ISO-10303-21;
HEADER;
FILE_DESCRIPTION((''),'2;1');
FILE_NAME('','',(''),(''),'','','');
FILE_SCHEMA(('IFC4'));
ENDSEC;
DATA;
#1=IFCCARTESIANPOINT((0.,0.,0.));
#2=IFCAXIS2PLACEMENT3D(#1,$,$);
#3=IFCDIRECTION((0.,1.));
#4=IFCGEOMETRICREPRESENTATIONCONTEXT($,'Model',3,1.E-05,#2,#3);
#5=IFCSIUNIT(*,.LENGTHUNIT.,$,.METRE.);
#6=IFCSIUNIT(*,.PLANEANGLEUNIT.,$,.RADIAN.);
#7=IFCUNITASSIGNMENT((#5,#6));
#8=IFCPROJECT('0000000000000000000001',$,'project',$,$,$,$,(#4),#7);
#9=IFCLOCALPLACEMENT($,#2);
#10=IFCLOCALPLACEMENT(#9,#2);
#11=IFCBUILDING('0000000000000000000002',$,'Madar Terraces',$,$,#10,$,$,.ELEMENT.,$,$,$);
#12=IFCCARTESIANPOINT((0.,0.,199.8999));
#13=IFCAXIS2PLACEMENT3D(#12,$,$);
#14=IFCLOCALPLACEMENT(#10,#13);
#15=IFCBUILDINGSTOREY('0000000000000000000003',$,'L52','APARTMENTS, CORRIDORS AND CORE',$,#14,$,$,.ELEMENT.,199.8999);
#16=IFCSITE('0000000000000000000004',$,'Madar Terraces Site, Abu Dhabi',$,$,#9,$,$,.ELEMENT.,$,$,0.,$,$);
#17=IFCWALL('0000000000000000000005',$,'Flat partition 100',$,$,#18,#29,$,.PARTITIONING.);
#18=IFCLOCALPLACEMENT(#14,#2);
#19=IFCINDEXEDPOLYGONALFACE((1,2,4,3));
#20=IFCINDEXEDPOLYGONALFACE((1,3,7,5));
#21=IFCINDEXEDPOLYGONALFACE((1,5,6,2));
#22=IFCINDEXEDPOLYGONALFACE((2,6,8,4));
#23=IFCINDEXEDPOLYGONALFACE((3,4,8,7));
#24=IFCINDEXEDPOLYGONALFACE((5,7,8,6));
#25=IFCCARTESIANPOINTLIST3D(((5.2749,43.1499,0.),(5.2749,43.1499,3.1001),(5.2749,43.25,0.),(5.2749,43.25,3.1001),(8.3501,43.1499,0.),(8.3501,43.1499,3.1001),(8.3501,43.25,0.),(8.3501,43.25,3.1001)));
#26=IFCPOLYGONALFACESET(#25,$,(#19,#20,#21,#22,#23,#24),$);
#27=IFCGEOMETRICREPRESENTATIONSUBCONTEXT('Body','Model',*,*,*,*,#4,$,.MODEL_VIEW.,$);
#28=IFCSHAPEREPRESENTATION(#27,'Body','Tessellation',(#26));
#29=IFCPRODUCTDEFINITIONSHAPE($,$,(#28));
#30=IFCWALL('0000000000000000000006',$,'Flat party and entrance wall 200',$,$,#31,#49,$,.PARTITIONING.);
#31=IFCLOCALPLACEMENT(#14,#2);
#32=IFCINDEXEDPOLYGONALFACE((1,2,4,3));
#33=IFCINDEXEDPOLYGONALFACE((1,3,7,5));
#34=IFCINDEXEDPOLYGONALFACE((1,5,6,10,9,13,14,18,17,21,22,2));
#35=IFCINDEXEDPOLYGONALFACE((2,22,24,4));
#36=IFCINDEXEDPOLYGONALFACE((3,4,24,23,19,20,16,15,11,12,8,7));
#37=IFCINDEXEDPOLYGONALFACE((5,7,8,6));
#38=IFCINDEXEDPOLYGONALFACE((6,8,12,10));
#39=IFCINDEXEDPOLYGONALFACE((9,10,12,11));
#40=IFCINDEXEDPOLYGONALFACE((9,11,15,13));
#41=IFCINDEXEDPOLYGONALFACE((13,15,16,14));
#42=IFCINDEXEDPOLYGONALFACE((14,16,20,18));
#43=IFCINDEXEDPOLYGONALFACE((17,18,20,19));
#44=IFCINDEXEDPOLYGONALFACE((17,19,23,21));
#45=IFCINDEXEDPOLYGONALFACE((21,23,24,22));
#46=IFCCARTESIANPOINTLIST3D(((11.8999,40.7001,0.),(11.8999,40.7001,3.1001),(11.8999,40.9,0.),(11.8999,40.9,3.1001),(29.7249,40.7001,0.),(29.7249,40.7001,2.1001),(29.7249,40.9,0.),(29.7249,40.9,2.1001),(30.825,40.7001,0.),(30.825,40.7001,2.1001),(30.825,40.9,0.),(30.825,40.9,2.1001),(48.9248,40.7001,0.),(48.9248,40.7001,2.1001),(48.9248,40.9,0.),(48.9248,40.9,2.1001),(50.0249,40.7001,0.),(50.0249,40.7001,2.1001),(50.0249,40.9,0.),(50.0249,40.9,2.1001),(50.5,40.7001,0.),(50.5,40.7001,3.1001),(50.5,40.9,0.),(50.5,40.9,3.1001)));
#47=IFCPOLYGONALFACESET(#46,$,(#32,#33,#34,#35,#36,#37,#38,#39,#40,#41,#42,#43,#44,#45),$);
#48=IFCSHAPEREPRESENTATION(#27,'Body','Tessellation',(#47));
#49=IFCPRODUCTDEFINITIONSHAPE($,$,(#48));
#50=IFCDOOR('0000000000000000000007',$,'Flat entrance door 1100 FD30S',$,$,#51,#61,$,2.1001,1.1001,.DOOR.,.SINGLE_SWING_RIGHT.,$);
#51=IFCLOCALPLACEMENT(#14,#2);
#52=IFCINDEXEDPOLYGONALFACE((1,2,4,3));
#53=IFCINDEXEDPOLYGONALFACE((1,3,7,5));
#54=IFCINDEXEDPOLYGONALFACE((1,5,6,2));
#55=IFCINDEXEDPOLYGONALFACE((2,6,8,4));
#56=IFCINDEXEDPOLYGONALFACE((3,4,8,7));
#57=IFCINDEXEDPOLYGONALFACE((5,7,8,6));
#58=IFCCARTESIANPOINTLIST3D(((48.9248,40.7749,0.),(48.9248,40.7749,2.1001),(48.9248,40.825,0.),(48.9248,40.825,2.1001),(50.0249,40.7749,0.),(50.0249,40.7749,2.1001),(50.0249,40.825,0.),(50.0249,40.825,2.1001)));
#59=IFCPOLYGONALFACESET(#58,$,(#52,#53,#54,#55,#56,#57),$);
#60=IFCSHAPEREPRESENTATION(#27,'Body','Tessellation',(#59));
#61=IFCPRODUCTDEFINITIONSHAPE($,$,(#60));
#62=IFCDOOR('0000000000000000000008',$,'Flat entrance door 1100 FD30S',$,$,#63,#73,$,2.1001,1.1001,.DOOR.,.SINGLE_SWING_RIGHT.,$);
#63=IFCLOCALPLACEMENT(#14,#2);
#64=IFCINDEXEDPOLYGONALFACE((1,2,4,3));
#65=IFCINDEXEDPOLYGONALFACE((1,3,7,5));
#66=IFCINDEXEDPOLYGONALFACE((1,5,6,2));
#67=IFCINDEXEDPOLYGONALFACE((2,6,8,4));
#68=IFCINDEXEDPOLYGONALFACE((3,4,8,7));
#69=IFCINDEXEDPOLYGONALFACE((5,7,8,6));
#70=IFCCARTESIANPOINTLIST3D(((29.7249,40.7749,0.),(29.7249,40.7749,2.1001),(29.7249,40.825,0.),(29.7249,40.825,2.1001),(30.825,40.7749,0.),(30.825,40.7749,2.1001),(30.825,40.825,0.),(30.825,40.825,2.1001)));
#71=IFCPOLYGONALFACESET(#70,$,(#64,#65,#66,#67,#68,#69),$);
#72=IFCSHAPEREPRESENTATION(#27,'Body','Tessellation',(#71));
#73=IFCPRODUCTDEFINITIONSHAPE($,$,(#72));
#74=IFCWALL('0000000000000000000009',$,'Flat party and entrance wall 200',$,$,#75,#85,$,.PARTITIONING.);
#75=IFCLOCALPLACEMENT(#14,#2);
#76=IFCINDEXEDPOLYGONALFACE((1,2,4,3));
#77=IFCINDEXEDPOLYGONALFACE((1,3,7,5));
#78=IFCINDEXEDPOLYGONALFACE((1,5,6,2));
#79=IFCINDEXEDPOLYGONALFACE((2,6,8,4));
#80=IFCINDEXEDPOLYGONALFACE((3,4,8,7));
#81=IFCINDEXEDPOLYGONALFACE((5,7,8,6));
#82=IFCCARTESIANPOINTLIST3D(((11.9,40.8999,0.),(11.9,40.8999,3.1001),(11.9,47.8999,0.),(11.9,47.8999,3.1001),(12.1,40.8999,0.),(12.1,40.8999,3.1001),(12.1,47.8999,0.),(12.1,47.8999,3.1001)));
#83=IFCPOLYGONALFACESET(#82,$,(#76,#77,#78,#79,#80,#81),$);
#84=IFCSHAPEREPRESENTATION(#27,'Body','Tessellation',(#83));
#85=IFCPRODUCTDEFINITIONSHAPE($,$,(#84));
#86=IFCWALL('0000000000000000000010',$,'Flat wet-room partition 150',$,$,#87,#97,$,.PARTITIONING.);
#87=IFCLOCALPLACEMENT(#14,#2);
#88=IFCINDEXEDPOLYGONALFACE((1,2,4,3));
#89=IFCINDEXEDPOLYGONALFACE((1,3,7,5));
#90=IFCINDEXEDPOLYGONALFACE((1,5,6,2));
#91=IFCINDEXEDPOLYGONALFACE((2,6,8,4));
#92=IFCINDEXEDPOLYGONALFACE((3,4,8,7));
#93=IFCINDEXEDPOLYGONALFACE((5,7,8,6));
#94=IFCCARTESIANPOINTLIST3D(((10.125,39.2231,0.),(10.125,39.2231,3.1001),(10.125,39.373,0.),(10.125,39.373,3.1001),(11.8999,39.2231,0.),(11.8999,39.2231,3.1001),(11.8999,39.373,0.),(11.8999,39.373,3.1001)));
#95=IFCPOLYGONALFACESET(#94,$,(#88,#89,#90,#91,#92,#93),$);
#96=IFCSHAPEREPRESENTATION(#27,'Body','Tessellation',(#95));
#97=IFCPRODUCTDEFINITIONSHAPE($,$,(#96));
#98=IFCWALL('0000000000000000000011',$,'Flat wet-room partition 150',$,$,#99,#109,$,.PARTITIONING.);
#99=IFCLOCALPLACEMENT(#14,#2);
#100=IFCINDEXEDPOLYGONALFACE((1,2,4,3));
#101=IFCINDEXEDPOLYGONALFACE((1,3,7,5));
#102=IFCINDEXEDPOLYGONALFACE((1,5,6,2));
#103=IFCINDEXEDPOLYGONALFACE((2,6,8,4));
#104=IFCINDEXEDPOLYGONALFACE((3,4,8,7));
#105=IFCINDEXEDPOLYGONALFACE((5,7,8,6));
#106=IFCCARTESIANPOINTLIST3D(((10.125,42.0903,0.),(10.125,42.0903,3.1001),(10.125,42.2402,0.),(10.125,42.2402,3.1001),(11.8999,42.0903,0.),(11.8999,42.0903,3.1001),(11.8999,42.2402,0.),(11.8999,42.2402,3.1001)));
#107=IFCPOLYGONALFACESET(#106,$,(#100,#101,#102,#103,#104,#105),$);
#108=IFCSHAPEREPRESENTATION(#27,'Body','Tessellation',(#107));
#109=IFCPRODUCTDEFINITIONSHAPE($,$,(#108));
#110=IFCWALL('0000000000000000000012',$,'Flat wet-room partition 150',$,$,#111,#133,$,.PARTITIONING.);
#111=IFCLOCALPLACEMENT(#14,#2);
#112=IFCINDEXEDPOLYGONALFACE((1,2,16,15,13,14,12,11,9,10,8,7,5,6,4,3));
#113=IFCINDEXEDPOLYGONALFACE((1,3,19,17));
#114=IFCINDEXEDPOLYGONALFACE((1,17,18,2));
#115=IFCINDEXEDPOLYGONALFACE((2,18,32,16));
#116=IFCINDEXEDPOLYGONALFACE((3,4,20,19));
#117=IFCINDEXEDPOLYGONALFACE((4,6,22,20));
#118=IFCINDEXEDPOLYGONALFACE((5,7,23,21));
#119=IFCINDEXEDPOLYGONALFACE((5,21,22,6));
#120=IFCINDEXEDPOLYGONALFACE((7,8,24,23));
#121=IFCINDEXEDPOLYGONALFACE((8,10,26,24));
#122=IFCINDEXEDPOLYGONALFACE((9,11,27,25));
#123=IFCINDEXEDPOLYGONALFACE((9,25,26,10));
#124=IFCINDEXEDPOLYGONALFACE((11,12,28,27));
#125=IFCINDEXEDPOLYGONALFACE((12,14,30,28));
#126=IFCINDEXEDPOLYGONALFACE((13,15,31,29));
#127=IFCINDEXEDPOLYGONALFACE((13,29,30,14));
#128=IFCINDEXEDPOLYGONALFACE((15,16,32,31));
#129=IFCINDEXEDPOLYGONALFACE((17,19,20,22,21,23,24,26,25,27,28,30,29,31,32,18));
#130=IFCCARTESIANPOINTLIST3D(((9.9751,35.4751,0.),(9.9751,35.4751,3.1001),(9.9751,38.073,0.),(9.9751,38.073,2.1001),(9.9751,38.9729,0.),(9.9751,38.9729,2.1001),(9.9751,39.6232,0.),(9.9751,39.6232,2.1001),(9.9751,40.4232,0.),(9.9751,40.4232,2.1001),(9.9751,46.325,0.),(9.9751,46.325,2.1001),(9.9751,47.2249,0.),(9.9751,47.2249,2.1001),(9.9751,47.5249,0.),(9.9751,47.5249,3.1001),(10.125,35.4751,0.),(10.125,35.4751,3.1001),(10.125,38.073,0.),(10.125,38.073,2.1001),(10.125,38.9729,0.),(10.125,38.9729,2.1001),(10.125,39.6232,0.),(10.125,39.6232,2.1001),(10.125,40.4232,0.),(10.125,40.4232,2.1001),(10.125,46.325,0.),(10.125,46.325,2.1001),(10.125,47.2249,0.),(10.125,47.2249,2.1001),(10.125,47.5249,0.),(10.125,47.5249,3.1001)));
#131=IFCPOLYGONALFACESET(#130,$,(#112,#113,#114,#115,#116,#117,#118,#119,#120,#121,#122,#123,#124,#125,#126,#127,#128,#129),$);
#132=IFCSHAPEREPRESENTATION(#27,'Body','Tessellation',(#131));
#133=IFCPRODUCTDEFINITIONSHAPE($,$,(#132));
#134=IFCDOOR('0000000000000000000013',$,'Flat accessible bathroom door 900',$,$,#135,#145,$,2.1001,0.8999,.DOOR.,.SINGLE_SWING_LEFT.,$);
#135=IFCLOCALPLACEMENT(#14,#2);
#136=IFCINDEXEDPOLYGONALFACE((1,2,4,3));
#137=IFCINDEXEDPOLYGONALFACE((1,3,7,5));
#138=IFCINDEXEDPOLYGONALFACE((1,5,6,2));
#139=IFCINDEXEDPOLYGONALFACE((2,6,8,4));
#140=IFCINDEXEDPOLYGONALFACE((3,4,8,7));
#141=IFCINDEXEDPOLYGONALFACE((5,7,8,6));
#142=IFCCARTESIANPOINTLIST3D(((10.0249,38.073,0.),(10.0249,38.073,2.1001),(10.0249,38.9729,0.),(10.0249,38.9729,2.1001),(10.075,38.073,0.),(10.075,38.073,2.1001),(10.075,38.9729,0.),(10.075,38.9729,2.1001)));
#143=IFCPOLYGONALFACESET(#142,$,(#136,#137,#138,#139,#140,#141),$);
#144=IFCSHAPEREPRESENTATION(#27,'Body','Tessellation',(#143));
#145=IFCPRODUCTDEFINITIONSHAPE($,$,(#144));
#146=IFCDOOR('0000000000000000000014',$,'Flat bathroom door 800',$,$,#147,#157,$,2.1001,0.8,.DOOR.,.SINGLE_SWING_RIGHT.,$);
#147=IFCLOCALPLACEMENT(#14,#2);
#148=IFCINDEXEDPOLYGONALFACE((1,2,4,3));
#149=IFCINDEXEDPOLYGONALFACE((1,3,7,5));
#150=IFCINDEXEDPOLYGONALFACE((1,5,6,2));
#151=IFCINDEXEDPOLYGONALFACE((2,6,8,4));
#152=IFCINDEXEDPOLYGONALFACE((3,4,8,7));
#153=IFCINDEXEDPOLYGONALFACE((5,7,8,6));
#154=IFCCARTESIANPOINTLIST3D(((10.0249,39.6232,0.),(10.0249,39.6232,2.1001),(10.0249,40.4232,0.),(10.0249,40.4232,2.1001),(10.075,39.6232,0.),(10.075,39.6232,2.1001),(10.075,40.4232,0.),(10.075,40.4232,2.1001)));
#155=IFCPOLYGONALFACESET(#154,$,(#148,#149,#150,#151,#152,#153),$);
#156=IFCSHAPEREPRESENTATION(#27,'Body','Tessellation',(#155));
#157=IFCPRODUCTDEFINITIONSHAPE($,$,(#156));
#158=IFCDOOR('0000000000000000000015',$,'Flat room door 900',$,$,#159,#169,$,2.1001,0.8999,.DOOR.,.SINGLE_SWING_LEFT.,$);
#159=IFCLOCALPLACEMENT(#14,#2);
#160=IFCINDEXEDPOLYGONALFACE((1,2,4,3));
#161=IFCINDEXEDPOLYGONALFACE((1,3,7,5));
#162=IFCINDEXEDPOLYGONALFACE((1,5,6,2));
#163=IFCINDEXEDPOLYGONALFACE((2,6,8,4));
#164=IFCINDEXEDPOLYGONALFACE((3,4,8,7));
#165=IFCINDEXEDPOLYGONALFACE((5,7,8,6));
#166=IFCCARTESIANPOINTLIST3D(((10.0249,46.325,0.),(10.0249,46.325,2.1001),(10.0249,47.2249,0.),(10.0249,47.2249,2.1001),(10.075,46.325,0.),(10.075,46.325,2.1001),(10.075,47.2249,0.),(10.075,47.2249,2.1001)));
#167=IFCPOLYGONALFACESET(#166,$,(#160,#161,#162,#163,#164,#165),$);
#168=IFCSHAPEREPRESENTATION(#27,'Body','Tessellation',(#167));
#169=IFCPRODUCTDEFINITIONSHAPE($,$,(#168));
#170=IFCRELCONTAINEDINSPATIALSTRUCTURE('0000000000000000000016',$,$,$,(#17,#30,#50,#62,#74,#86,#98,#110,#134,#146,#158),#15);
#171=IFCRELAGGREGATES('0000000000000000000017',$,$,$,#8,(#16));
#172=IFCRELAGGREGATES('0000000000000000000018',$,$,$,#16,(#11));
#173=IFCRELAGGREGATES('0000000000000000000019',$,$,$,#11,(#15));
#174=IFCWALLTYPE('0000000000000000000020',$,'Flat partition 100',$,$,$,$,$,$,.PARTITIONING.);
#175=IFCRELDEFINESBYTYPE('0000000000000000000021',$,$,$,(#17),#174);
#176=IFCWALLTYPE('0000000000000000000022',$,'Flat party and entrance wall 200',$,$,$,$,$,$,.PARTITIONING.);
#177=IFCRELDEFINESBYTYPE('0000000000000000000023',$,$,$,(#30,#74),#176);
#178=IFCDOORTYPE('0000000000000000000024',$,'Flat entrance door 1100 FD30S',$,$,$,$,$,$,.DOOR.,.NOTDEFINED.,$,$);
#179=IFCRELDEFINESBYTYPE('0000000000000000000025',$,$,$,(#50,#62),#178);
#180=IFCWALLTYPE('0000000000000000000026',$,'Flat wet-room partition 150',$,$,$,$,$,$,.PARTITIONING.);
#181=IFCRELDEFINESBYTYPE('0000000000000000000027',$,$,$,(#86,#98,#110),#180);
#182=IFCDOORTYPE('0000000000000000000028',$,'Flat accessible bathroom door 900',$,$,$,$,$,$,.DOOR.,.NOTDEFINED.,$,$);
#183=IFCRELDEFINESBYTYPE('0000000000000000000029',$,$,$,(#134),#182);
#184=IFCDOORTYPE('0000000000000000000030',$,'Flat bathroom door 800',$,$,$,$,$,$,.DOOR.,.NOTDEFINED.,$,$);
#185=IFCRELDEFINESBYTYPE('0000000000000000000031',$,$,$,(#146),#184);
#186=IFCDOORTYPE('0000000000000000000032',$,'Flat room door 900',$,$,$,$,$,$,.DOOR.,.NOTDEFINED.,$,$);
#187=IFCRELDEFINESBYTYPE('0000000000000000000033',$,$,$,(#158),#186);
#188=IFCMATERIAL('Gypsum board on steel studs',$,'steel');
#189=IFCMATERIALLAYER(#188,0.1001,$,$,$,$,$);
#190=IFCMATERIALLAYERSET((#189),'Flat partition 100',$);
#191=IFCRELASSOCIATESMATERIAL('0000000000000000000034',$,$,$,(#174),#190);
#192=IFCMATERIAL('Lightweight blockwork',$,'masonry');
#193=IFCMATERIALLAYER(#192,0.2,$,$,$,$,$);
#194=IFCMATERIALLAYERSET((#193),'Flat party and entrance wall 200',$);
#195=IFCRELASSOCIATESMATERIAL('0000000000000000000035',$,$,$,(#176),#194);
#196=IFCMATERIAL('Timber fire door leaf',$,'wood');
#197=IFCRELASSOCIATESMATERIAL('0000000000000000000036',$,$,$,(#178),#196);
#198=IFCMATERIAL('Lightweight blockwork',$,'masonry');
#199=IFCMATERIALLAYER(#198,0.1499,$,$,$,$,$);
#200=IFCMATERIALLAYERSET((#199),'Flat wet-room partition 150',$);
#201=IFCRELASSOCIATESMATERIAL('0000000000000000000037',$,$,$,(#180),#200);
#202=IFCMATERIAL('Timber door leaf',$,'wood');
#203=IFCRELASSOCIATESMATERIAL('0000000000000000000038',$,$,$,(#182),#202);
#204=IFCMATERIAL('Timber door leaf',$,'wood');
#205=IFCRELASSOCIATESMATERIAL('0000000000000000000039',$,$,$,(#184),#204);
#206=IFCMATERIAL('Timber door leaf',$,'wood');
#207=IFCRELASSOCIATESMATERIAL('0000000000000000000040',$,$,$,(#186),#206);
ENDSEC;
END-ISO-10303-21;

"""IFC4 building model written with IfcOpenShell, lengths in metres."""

from ifc_helpers import new_model, si_unit, direction, frame, frame_2d, origin, place, context, subcontext, project, spatial, rectangle, extrude, material, layer, layer_set, type_object, element, fill, save


model = new_model("IFC4")

# Units and contexts
model_context = context("Model", 3, precision=1e-05, world=origin(), true_north=direction((0.0, 1.0)))
body_context = subcontext(model_context, "Body", "Model", "MODEL_VIEW")
ifc_project = project(units=[si_unit("LENGTHUNIT", "METRE"), si_unit("PLANEANGLEUNIT", "RADIAN")], contexts=[model_context])

# Site, building, storey
site_placement = place(None, origin())
site = spatial("IfcSite", under=ifc_project, at=site_placement, Name="Madar Terraces Site, Abu Dhabi", CompositionType="ELEMENT", RefElevation=0.0)
building_placement = place(site_placement, origin())
building = spatial("IfcBuilding", under=site, at=building_placement, Name="Madar Terraces", CompositionType="ELEMENT")
storey_placement = place(building_placement, frame((0.0, 0.0, 199.8999)))
storey = spatial("IfcBuildingStorey", under=building, at=storey_placement, Name="L52", Description="APARTMENTS, CORRIDORS AND CORE", CompositionType="ELEMENT", Elevation=199.8999)

# Wall
ifc_material_1 = material(Name="Gypsum board on steel studs", Category="steel")
ifc_layer_1 = layer(ifc_material_1, 0.1001)
ifc_layer_set_1 = layer_set([ifc_layer_1], Name="Flat partition 100")
wall_type_1 = type_object("IfcWallType", Name="Flat partition 100", PredefinedType="PARTITIONING", material=ifc_layer_set_1)
wall_1_placement = place(storey_placement, frame((8.3501, 43.2, 0.0), z_axis=(0.0, 0.0, 1.0), x_axis=(-1.0, 0.0, 0.0)))
element("IfcWall", 1, at=wall_1_placement, inside=storey, type_object=wall_type_1, Name="Flat partition 100", PredefinedType="PARTITIONING", context=body_context, shape_type="SweptSolid", body=[
    extrude(rectangle(XDim=3.0752, YDim=0.1001, at=frame_2d((1.5376, 0.0))), origin(), (0.0, 0.0, 1.0), 3.1001),
])

# Wall, openings, doors
ifc_material_2 = material(Name="Lightweight blockwork", Category="masonry")
ifc_layer_2 = layer(ifc_material_2, 0.2)
ifc_layer_set_2 = layer_set([ifc_layer_2], Name="Flat party and entrance wall 200")
wall_type_2 = type_object("IfcWallType", Name="Flat party and entrance wall 200", PredefinedType="PARTITIONING", material=ifc_layer_set_2)
wall_2_placement = place(storey_placement, frame((11.8999, 40.8, 0.0), z_axis=(0.0, 0.0, 1.0), x_axis=(1.0, 0.0, 0.0)))
wall_2 = element("IfcWall", 2, at=wall_2_placement, inside=storey, type_object=wall_type_2, Name="Flat party and entrance wall 200", PredefinedType="PARTITIONING", context=body_context, shape_type="SweptSolid", body=[
    extrude(rectangle(XDim=38.6001, YDim=0.2, at=frame_2d((19.3, 0.0))), origin(), (0.0, 0.0, 1.0), 3.1001),
])
opening_1_placement = place(wall_2_placement, frame((37.0249, 0.0, 0.0)))
opening_1 = element("IfcOpeningElement", 3, at=opening_1_placement, cuts=wall_2, PredefinedType="OPENING", context=body_context, shape_type="SweptSolid", body=[
    extrude(rectangle(XDim=1.1001, YDim=2.1001, at=frame_2d((0.55, 1.05))), frame((0.0, 0.1099, 0.0), z_axis=(0.0, -1.0, 0.0), x_axis=(1.0, 0.0, 0.0)), (0.0, 0.0, 1.0), 0.22),
])
opening_2_placement = place(wall_2_placement, frame((17.825, 0.0, 0.0)))
opening_2 = element("IfcOpeningElement", 4, at=opening_2_placement, cuts=wall_2, PredefinedType="OPENING", context=body_context, shape_type="SweptSolid", body=[
    extrude(rectangle(XDim=1.1001, YDim=2.1001, at=frame_2d((0.55, 1.05))), frame((0.0, 0.1099, 0.0), z_axis=(0.0, -1.0, 0.0), x_axis=(1.0, 0.0, 0.0)), (0.0, 0.0, 1.0), 0.22),
])
ifc_material_3 = material(Name="Timber fire door leaf", Category="wood")
door_type_1 = type_object("IfcDoorType", Name="Flat entrance door 1100 FD30S", OperationType="NOTDEFINED", PredefinedType="DOOR", material=ifc_material_3)
door_1_placement = place(opening_1_placement, origin())
door_1 = element("IfcDoor", 5, at=door_1_placement, inside=storey, type_object=door_type_1, Name="Flat entrance door 1100 FD30S", OperationType="SINGLE_SWING_RIGHT", OverallHeight=2.1001, OverallWidth=1.1001, PredefinedType="DOOR", context=body_context, shape_type="SweptSolid", body=[
    extrude(rectangle(XDim=1.1001, YDim=2.1001, at=frame_2d((0.55, 1.05))), frame((0.0, 0.0249, 0.0), z_axis=(0.0, -1.0, 0.0), x_axis=(1.0, 0.0, 0.0)), (0.0, 0.0, 1.0), 0.05),
])
fill(opening_1, door_1)
door_2_placement = place(opening_2_placement, origin())
door_2 = element("IfcDoor", 6, at=door_2_placement, inside=storey, type_object=door_type_1, Name="Flat entrance door 1100 FD30S", OperationType="SINGLE_SWING_RIGHT", OverallHeight=2.1001, OverallWidth=1.1001, PredefinedType="DOOR", context=body_context, shape_type="SweptSolid", body=[
    extrude(rectangle(XDim=1.1001, YDim=2.1001, at=frame_2d((0.55, 1.05))), frame((0.0, 0.0249, 0.0), z_axis=(0.0, -1.0, 0.0), x_axis=(1.0, 0.0, 0.0)), (0.0, 0.0, 1.0), 0.05),
])
fill(opening_2, door_2)

# Walls
wall_3_placement = place(storey_placement, frame((12.0, 47.8999, 0.0), z_axis=(0.0, 0.0, 1.0), x_axis=(0.0, -1.0, 0.0)))
element("IfcWall", 7, at=wall_3_placement, inside=storey, type_object=wall_type_2, Name="Flat party and entrance wall 200", PredefinedType="PARTITIONING", context=body_context, shape_type="SweptSolid", body=[
    extrude(rectangle(XDim=7.0, YDim=0.2, at=frame_2d((3.5, 0.0))), origin(), (0.0, 0.0, 1.0), 3.1001),
])
ifc_material_4 = material(Name="Lightweight blockwork", Category="masonry")
ifc_layer_3 = layer(ifc_material_4, 0.1499)
ifc_layer_set_3 = layer_set([ifc_layer_3], Name="Flat wet-room partition 150")
wall_type_3 = type_object("IfcWallType", Name="Flat wet-room partition 150", PredefinedType="PARTITIONING", material=ifc_layer_set_3)
for number, where, z_axis, x_axis, name in (
    (8, (11.8999, 39.2981, 0.0), (0.0, 0.0, 1.0), (-1.0, 0.0, 0.0), "Flat wet-room partition 150"),
    (9, (11.8999, 42.1653, 0.0), (0.0, 0.0, 1.0), (-1.0, 0.0, 0.0), "Flat wet-room partition 150"),
):
    element("IfcWall", number, at=place(storey_placement, frame(where, z_axis=z_axis, x_axis=x_axis)), inside=storey, type_object=wall_type_3, Name=name, PredefinedType="PARTITIONING", context=body_context, shape_type="SweptSolid", body=[
        extrude(rectangle(XDim=1.7749, YDim=0.1499, at=frame_2d((0.8875, 0.0))), origin(), (0.0, 0.0, 1.0), 3.1001),
    ])

# Wall, openings, doors
wall_4_placement = place(storey_placement, frame((10.05, 47.5249, 0.0), z_axis=(0.0, 0.0, 1.0), x_axis=(0.0, -1.0, 0.0)))
wall_4 = element("IfcWall", 10, at=wall_4_placement, inside=storey, type_object=wall_type_3, Name="Flat wet-room partition 150", PredefinedType="PARTITIONING", context=body_context, shape_type="SweptSolid", body=[
    extrude(rectangle(XDim=12.0498, YDim=0.1499, at=frame_2d((6.0249, 0.0))), origin(), (0.0, 0.0, 1.0), 3.1001),
])
opening_3_placement = place(wall_4_placement, frame((8.552, 0.0, 0.0)))
opening_3 = element("IfcOpeningElement", 11, at=opening_3_placement, cuts=wall_4, PredefinedType="OPENING", context=body_context, shape_type="SweptSolid", body=[
    extrude(rectangle(XDim=0.8999, YDim=2.1001, at=frame_2d((0.45, 1.05))), frame((0.0, 0.085, 0.0), z_axis=(0.0, -1.0, 0.0), x_axis=(1.0, 0.0, 0.0)), (0.0, 0.0, 1.0), 0.1699),
])
opening_4_placement = place(wall_4_placement, frame((7.1018, 0.0, 0.0)))
opening_4 = element("IfcOpeningElement", 12, at=opening_4_placement, cuts=wall_4, PredefinedType="OPENING", context=body_context, shape_type="SweptSolid", body=[
    extrude(rectangle(XDim=0.8, YDim=2.1001, at=frame_2d((0.3999, 1.05))), frame((0.0, 0.085, 0.0), z_axis=(0.0, -1.0, 0.0), x_axis=(1.0, 0.0, 0.0)), (0.0, 0.0, 1.0), 0.1699),
])
opening_5_placement = place(wall_4_placement, frame((0.3, 0.0, 0.0)))
opening_5 = element("IfcOpeningElement", 13, at=opening_5_placement, cuts=wall_4, PredefinedType="OPENING", context=body_context, shape_type="SweptSolid", body=[
    extrude(rectangle(XDim=0.8999, YDim=2.1001, at=frame_2d((0.45, 1.05))), frame((0.0, 0.085, 0.0), z_axis=(0.0, -1.0, 0.0), x_axis=(1.0, 0.0, 0.0)), (0.0, 0.0, 1.0), 0.1699),
])
ifc_material_5 = material(Name="Timber door leaf", Category="wood")
door_type_2 = type_object("IfcDoorType", Name="Flat accessible bathroom door 900", OperationType="NOTDEFINED", PredefinedType="DOOR", material=ifc_material_5)
door_3_placement = place(opening_3_placement, origin())
door_3 = element("IfcDoor", 14, at=door_3_placement, inside=storey, type_object=door_type_2, Name="Flat accessible bathroom door 900", OperationType="SINGLE_SWING_LEFT", OverallHeight=2.1001, OverallWidth=0.8999, PredefinedType="DOOR", context=body_context, shape_type="SweptSolid", body=[
    extrude(rectangle(XDim=0.8999, YDim=2.1001, at=frame_2d((0.45, 1.05))), frame((0.0, 0.0249, 0.0), z_axis=(0.0, -1.0, 0.0), x_axis=(1.0, 0.0, 0.0)), (0.0, 0.0, 1.0), 0.05),
])
fill(opening_3, door_3)
ifc_material_6 = material(Name="Timber door leaf", Category="wood")
door_type_3 = type_object("IfcDoorType", Name="Flat bathroom door 800", OperationType="NOTDEFINED", PredefinedType="DOOR", material=ifc_material_6)
door_4_placement = place(opening_4_placement, origin())
door_4 = element("IfcDoor", 15, at=door_4_placement, inside=storey, type_object=door_type_3, Name="Flat bathroom door 800", OperationType="SINGLE_SWING_RIGHT", OverallHeight=2.1001, OverallWidth=0.8, PredefinedType="DOOR", context=body_context, shape_type="SweptSolid", body=[
    extrude(rectangle(XDim=0.8, YDim=2.1001, at=frame_2d((0.3999, 1.05))), frame((0.0, 0.0249, 0.0), z_axis=(0.0, -1.0, 0.0), x_axis=(1.0, 0.0, 0.0)), (0.0, 0.0, 1.0), 0.05),
])
fill(opening_4, door_4)
ifc_material_7 = material(Name="Timber door leaf", Category="wood")
door_type_4 = type_object("IfcDoorType", Name="Flat room door 900", OperationType="NOTDEFINED", PredefinedType="DOOR", material=ifc_material_7)
door_5_placement = place(opening_5_placement, origin())
door_5 = element("IfcDoor", 16, at=door_5_placement, inside=storey, type_object=door_type_4, Name="Flat room door 900", OperationType="SINGLE_SWING_LEFT", OverallHeight=2.1001, OverallWidth=0.8999, PredefinedType="DOOR", context=body_context, shape_type="SweptSolid", body=[
    extrude(rectangle(XDim=0.8999, YDim=2.1001, at=frame_2d((0.45, 1.05))), frame((0.0, 0.0249, 0.0), z_axis=(0.0, -1.0, 0.0), x_axis=(1.0, 0.0, 0.0)), (0.0, 0.0, 1.0), 0.05),
])
fill(opening_5, door_5)

save(model, "model.ifc")
